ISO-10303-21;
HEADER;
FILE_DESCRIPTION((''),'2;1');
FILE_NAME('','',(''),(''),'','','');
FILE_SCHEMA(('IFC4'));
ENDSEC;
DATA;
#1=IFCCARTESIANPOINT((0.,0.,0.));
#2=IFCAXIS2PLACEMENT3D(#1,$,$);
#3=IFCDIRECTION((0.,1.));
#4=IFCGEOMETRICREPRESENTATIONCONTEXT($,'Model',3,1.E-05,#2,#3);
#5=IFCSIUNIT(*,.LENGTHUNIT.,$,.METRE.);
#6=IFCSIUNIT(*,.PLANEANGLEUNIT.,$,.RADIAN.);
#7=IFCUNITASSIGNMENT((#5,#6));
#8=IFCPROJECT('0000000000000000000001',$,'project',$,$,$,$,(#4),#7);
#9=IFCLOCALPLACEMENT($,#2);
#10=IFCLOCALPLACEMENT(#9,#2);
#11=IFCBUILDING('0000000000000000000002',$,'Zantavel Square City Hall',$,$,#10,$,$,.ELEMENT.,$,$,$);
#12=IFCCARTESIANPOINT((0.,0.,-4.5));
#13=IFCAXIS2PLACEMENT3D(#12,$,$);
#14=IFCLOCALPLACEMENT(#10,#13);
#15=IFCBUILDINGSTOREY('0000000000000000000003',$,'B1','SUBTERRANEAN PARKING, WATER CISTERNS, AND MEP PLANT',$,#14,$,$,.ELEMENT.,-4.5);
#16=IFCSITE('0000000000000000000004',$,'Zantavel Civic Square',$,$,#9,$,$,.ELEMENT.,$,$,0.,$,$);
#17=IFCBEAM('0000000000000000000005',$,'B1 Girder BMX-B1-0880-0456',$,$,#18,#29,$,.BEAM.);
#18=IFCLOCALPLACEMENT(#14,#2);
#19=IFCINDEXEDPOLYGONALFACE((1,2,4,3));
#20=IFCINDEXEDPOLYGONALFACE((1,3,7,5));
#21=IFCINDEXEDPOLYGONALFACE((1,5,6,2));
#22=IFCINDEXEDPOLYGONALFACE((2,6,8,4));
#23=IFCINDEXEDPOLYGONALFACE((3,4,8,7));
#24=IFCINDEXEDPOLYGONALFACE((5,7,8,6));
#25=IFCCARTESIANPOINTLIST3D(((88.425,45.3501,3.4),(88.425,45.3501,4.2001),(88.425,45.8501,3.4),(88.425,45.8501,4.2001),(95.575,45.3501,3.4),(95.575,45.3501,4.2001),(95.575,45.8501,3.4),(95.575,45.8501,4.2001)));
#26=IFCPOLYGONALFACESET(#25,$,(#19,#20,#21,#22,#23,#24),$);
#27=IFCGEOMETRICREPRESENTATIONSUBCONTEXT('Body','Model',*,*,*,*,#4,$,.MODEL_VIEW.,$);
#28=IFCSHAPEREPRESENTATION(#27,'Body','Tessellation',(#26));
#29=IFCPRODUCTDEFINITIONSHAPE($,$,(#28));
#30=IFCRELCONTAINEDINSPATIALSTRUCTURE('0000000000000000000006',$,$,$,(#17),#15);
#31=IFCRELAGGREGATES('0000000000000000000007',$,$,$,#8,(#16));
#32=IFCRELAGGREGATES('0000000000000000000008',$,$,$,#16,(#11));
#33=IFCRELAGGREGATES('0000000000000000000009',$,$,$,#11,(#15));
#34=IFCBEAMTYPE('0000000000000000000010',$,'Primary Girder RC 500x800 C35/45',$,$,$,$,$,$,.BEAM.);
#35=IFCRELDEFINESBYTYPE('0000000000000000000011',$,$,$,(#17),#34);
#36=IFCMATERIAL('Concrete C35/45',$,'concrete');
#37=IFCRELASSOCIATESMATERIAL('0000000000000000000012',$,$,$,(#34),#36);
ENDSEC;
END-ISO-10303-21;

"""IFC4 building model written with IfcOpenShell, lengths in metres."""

from ifc_helpers import new_model, si_unit, direction, frame, origin, origin_2d, place, context, subcontext, project, spatial, rectangle, extrude, material, material_profile, profile_set, type_object, element, save


model = new_model("IFC4")

# Units and contexts
model_context = context("Model", 3, precision=1e-05, world=origin(), true_north=direction((0.0, 1.0)))
body_context = subcontext(model_context, "Body", "Model", "MODEL_VIEW")
ifc_project = project(units=[si_unit("LENGTHUNIT", "METRE"), si_unit("PLANEANGLEUNIT", "RADIAN")], contexts=[model_context])

# Site, building, storey
site_placement = place(None, origin())
site = spatial("IfcSite", under=ifc_project, at=site_placement, Name="Zantavel Civic Square", CompositionType="ELEMENT", RefElevation=0.0)
building_placement = place(site_placement, origin())
building = spatial("IfcBuilding", under=site, at=building_placement, Name="Zantavel Square City Hall", CompositionType="ELEMENT")
storey_placement = place(building_placement, frame((0.0, 0.0, -4.5)))
storey = spatial("IfcBuildingStorey", under=building, at=storey_placement, Name="B1", Description="SUBTERRANEAN PARKING, WATER CISTERNS, AND MEP PLANT", CompositionType="ELEMENT", Elevation=-4.5)

# Shared definitions
ifc_material_1 = material(Name="Concrete C35/45", Category="concrete")

# Beam
ifc_material_profile_1 = material_profile(ifc_material_1, rectangle(XDim=0.5, YDim=0.8, at=origin_2d()), Name="RC 500x800")
ifc_profile_set_1 = profile_set([ifc_material_profile_1], Name="Concrete C35/45")
beam_type_1 = type_object("IfcBeamType", Name="Primary Girder RC 500x800 C35/45", PredefinedType="BEAM", material=ifc_profile_set_1)
for number, where, z_axis, x_axis, name in (
    (1, (88.425, 45.6001, 3.8), (1.0, 0.0, 0.0), (0.0, 1.0, 0.0), "B1 Girder BMX-B1-0880-0456"),
):
    element("IfcBeam", number, at=place(storey_placement, frame(where, z_axis=z_axis, x_axis=x_axis)), inside=storey, type_object=beam_type_1, Name=name, PredefinedType="BEAM", context=body_context, shape_type="SweptSolid", body=[
        extrude(rectangle(XDim=0.5, YDim=0.8, at=origin_2d()), origin(), (0.0, 0.0, 1.0), 7.1499),
    ])

save(model, "model.ifc")
